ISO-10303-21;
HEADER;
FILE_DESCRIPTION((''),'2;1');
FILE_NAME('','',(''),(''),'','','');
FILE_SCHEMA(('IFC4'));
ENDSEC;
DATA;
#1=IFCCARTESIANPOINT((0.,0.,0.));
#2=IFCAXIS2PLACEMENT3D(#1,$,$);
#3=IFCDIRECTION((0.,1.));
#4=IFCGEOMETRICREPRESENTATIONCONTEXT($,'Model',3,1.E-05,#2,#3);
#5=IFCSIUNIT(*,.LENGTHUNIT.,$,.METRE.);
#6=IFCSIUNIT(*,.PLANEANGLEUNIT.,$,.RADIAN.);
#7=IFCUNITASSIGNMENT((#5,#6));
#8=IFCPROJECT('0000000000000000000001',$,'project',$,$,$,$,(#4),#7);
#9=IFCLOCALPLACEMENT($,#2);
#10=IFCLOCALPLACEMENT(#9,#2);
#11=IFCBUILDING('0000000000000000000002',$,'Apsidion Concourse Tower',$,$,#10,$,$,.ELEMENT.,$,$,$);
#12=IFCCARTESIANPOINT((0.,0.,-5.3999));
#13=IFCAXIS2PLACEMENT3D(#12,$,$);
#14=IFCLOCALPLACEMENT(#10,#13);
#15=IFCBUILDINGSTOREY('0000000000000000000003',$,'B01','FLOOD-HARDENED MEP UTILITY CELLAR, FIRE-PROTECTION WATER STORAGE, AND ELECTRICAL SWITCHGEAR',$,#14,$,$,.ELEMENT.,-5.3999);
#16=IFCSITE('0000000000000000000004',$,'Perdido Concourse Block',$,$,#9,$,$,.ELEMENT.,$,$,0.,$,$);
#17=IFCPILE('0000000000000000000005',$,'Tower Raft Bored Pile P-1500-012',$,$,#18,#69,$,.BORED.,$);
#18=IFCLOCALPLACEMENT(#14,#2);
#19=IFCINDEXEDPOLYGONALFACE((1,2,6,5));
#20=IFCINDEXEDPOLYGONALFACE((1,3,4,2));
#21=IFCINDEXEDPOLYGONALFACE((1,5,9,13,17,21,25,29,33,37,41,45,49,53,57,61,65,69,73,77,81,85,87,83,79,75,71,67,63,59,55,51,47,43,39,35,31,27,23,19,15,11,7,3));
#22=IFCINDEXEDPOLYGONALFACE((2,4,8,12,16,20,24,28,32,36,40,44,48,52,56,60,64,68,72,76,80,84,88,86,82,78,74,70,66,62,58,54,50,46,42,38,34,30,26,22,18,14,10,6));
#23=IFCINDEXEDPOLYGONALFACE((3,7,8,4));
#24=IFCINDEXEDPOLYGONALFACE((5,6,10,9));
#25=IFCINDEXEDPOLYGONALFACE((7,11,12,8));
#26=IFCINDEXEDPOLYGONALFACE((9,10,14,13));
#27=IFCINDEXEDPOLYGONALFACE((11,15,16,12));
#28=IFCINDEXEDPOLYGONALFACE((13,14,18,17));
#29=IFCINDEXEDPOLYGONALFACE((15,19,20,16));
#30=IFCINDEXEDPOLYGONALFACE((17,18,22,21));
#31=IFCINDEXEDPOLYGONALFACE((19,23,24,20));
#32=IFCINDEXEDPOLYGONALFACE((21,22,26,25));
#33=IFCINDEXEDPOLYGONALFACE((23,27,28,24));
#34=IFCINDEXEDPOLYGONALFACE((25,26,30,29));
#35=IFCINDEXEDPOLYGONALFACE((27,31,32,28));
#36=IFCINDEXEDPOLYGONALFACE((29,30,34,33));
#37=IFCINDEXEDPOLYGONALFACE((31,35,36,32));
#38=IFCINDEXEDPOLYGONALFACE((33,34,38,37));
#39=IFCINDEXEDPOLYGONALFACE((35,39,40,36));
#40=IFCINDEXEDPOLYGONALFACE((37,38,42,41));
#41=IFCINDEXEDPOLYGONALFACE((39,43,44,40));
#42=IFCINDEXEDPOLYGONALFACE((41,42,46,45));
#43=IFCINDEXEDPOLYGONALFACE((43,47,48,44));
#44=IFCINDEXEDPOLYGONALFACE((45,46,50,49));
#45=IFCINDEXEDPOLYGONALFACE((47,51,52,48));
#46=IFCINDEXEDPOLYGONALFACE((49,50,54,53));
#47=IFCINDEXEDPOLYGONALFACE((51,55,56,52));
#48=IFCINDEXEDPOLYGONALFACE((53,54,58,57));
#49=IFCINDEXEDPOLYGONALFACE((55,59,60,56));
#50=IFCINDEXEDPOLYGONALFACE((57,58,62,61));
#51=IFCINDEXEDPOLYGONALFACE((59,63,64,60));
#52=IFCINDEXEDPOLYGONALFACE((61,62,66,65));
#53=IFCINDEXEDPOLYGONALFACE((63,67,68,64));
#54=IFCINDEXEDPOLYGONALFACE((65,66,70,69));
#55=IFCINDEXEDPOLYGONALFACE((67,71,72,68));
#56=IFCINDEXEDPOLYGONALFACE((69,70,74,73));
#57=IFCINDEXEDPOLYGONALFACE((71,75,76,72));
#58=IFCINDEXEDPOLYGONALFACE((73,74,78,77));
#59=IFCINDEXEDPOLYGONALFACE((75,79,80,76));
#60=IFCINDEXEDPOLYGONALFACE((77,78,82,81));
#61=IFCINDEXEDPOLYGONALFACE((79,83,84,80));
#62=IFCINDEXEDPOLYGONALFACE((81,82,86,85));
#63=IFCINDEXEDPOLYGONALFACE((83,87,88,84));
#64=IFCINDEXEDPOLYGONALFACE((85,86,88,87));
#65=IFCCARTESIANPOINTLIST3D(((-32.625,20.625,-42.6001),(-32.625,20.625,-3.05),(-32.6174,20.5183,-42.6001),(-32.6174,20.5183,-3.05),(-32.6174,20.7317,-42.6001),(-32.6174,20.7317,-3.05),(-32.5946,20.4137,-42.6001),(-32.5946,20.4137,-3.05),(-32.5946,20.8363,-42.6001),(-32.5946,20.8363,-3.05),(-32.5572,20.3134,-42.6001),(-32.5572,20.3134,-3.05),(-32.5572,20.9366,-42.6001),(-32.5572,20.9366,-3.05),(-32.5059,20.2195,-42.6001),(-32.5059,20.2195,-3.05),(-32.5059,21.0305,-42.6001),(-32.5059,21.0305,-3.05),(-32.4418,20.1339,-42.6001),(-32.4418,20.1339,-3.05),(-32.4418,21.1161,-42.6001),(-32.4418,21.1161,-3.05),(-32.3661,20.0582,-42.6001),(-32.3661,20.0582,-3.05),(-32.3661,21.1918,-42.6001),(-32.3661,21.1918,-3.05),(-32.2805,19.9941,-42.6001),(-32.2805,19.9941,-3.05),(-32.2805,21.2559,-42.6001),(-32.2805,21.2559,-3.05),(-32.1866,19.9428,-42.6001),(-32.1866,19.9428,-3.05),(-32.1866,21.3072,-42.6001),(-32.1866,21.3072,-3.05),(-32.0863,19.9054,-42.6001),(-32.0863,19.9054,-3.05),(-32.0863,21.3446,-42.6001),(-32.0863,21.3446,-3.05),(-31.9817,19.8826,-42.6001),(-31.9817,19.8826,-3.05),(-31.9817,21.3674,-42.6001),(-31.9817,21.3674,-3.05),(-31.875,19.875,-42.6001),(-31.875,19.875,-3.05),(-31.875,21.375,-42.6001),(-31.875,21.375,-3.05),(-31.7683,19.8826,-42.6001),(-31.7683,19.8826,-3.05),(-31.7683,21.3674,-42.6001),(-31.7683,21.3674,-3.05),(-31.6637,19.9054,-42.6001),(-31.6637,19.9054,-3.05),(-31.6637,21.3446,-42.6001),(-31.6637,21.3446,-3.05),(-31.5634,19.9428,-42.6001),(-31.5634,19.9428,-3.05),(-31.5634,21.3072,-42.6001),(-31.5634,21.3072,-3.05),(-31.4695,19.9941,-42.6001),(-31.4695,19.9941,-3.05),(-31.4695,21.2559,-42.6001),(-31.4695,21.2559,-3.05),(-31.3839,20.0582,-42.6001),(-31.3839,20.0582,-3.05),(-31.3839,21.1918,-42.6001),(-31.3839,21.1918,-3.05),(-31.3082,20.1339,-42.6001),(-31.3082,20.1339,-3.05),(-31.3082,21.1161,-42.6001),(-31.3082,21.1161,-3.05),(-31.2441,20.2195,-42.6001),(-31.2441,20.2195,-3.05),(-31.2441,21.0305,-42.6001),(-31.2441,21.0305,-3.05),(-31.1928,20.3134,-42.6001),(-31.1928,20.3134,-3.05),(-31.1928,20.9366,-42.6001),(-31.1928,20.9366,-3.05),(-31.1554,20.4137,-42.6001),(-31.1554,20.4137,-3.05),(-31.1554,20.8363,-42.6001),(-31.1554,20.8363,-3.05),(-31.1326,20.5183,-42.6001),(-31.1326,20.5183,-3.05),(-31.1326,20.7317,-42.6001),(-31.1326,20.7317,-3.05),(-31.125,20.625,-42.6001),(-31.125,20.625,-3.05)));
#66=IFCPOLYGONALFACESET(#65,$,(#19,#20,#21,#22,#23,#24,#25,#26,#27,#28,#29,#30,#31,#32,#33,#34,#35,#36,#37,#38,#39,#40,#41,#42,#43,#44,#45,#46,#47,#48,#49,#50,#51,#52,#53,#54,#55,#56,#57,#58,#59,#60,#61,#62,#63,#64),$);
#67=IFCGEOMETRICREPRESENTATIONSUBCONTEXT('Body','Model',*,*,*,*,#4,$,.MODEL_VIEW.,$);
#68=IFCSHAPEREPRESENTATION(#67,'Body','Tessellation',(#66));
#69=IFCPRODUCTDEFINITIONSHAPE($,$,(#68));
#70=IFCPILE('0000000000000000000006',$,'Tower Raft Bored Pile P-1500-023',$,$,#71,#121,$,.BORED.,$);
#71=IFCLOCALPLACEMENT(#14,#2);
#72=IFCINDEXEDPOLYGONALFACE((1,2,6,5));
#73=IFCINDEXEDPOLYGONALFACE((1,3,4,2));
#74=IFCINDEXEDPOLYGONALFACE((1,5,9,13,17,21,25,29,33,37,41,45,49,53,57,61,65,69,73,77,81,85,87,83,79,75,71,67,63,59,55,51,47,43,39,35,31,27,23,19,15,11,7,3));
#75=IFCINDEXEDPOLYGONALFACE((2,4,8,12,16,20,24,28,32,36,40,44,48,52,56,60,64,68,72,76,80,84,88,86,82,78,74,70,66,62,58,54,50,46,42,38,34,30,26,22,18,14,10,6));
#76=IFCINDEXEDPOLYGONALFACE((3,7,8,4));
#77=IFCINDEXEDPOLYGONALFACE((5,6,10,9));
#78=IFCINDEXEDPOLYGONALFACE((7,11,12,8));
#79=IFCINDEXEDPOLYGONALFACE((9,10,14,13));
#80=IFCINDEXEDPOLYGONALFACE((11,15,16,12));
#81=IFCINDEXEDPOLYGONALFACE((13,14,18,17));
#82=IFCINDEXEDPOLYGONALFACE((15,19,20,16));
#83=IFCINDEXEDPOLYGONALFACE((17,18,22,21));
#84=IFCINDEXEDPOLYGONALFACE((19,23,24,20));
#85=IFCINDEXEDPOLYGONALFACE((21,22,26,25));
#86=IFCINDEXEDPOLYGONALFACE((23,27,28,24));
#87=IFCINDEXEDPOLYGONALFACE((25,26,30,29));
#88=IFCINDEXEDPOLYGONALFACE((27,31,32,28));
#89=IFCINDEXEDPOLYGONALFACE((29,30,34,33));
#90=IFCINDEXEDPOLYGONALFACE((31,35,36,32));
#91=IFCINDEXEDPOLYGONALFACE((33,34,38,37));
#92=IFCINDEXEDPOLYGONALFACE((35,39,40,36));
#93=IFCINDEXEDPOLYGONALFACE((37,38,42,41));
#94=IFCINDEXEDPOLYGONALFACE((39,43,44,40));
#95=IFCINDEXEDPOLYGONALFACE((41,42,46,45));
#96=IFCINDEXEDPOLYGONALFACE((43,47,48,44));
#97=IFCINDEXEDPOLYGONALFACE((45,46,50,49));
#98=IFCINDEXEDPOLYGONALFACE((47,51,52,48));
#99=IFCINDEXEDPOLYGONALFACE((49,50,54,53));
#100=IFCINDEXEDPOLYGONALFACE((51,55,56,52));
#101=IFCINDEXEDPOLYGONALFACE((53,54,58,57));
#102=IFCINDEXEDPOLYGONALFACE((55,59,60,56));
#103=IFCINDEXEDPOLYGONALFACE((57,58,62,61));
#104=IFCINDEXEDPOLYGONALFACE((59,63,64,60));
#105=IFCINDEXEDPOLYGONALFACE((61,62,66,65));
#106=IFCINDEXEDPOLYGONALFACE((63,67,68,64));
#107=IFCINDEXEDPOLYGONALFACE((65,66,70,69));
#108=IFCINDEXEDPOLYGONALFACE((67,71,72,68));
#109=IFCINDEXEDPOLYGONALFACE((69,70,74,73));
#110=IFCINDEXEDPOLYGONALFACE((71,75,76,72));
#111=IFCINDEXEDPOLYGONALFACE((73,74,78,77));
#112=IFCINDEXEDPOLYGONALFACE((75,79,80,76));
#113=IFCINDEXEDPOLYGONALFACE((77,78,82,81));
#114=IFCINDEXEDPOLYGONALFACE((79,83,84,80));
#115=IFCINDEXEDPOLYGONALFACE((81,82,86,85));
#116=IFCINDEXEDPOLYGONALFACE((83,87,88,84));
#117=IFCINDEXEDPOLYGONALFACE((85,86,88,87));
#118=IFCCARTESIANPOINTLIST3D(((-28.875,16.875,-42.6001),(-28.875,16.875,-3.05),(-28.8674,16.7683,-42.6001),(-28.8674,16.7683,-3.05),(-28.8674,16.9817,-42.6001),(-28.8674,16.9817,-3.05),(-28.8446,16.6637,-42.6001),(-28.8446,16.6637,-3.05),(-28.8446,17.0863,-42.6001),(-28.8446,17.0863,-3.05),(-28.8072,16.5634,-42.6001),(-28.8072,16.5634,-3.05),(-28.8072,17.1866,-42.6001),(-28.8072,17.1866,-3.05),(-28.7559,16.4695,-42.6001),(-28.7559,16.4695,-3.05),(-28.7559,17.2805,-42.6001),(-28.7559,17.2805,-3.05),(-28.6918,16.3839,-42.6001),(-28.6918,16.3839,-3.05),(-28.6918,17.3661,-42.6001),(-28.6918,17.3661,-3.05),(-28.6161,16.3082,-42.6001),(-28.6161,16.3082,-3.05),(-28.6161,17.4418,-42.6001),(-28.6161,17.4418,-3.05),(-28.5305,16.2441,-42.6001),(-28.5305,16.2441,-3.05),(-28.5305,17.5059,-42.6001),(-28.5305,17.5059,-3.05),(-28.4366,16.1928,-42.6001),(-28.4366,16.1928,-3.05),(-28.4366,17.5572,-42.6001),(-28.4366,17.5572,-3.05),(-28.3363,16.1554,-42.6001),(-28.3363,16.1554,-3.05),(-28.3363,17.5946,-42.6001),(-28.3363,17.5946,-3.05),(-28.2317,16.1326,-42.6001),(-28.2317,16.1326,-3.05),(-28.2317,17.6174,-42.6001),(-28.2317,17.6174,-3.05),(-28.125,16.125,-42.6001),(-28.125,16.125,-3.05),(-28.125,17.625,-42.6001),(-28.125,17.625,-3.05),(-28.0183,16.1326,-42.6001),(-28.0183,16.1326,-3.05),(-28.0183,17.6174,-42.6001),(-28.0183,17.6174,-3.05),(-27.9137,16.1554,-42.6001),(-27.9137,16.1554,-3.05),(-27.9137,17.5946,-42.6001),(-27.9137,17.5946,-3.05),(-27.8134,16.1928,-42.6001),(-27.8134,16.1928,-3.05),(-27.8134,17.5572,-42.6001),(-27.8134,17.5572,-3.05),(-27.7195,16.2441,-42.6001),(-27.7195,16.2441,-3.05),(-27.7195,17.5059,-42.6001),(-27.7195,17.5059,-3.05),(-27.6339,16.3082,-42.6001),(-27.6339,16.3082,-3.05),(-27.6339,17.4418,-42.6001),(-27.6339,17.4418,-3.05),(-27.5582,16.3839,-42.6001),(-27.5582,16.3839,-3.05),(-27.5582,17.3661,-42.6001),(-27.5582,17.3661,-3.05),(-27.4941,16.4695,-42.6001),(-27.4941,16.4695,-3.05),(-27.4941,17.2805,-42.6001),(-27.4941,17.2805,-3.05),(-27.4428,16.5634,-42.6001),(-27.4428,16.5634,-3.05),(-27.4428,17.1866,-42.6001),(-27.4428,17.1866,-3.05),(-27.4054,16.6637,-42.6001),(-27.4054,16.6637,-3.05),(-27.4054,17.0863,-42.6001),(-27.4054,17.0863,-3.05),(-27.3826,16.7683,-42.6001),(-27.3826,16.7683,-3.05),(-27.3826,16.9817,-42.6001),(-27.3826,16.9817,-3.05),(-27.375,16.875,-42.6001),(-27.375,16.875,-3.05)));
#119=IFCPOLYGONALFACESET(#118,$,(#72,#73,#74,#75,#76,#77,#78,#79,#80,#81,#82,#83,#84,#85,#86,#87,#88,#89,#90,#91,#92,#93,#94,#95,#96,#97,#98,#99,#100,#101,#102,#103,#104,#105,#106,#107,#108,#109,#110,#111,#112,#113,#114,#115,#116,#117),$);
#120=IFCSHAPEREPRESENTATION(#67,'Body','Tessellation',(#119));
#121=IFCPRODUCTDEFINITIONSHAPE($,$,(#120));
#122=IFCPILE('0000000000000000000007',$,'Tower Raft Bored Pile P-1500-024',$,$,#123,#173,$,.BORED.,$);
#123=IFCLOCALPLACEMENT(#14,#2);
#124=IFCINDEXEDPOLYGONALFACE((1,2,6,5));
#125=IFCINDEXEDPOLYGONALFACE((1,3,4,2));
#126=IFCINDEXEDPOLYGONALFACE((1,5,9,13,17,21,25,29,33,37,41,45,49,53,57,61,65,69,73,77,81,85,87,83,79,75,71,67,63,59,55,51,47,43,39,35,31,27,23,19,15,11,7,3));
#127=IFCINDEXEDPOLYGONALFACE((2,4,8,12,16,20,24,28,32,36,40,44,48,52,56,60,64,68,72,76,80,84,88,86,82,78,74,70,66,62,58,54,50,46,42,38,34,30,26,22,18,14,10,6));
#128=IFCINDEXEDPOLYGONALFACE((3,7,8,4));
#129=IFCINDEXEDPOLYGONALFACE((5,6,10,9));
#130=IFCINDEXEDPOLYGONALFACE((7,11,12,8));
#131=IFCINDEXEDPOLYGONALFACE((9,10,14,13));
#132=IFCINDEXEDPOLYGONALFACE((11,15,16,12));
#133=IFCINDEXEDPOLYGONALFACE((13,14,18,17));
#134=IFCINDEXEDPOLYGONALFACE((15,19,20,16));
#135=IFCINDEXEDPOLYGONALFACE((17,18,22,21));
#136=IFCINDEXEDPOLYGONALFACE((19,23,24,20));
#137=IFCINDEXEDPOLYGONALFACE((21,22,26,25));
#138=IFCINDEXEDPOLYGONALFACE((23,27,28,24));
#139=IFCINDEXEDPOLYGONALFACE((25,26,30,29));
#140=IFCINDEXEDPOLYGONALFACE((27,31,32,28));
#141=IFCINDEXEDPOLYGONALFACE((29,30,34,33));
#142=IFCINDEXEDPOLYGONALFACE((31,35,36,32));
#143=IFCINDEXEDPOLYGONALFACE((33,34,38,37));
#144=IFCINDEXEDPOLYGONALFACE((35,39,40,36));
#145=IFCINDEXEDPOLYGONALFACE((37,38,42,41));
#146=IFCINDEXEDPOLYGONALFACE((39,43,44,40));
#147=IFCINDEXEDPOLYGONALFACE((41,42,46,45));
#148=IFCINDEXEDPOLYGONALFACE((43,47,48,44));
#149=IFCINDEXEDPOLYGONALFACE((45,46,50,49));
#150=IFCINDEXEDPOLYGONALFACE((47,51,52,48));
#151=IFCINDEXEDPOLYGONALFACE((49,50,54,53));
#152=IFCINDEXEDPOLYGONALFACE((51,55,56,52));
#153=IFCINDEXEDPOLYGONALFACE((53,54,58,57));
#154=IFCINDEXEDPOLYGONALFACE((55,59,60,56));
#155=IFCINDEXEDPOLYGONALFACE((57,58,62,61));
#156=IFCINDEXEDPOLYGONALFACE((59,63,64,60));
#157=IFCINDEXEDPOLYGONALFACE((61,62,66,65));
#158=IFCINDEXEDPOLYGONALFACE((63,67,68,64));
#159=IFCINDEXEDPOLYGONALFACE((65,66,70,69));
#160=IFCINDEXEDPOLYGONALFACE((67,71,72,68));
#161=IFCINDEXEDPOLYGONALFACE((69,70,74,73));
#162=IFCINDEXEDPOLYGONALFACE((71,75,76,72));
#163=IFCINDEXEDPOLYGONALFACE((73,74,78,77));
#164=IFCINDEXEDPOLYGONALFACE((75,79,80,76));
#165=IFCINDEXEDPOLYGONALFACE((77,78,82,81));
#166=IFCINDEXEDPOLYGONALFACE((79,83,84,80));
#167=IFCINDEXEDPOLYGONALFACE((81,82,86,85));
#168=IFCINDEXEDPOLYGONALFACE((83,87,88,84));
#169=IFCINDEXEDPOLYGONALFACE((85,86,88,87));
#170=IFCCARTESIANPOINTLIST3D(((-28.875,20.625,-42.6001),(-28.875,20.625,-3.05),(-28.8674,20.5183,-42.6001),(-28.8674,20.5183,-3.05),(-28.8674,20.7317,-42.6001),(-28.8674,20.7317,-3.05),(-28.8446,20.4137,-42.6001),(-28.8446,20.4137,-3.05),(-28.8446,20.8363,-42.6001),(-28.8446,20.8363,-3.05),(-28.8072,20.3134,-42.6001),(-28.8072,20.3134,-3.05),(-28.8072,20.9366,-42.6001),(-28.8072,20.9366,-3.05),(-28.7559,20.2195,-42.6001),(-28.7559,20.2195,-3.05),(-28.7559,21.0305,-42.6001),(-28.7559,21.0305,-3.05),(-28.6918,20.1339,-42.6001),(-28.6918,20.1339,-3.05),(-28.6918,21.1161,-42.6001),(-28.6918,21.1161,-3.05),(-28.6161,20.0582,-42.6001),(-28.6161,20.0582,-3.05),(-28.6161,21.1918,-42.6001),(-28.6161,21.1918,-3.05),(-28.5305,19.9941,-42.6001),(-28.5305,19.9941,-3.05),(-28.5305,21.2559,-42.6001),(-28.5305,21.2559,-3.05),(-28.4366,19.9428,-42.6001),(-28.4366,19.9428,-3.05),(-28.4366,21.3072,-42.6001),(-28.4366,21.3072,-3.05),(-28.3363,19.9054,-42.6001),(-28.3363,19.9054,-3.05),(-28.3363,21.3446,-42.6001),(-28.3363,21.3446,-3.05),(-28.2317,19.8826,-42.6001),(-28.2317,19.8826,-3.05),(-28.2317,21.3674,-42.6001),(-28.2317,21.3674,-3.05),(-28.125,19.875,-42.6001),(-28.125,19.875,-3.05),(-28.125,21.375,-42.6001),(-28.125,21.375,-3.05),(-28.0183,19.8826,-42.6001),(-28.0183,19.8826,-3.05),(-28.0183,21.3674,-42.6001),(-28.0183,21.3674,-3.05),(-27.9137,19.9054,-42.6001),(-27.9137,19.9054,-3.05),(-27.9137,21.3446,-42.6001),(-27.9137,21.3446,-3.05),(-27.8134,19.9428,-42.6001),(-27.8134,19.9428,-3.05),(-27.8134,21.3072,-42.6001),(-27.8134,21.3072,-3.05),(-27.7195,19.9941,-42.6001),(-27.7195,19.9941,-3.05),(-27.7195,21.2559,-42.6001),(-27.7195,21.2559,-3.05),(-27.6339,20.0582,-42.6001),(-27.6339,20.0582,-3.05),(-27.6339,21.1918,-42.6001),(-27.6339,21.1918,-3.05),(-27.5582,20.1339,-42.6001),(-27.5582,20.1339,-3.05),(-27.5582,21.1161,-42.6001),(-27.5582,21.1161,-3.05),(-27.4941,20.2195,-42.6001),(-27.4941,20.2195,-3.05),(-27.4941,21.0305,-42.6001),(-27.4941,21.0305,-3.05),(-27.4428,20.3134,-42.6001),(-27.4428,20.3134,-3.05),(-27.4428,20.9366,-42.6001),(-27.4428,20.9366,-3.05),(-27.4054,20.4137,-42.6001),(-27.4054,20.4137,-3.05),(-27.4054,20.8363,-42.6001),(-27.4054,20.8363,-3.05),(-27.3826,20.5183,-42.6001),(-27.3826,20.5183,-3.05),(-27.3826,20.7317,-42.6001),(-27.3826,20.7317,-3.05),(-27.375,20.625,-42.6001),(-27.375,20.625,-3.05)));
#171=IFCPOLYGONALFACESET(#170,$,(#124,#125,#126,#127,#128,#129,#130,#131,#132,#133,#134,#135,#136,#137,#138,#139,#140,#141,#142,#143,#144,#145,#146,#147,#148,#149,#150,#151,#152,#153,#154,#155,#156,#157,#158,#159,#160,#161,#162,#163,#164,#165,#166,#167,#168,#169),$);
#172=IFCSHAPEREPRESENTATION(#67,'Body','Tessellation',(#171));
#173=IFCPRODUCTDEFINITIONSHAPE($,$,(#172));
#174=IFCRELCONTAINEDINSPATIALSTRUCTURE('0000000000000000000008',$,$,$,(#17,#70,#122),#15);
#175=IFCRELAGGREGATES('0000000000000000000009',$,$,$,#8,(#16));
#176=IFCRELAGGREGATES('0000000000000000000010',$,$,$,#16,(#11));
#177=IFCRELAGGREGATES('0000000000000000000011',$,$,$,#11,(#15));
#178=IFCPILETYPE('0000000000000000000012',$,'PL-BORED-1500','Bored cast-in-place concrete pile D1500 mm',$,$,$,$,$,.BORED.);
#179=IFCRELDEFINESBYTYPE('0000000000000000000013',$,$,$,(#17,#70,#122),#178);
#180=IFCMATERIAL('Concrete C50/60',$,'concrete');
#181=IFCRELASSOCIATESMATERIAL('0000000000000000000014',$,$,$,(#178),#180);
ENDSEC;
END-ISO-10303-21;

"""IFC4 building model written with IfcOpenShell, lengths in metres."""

from ifc_helpers import new_model, si_unit, direction, frame, origin, origin_2d, place, context, subcontext, project, spatial, circle, extrude, material, material_profile, profile_set, type_object, element, save


model = new_model("IFC4")

# Units and contexts
model_context = context("Model", 3, precision=1e-05, world=origin(), true_north=direction((0.0, 1.0)))
body_context = subcontext(model_context, "Body", "Model", "MODEL_VIEW")
ifc_project = project(units=[si_unit("LENGTHUNIT", "METRE"), si_unit("PLANEANGLEUNIT", "RADIAN")], contexts=[model_context])

# Site, building, storey
site_placement = place(None, origin())
site = spatial("IfcSite", under=ifc_project, at=site_placement, Name="Perdido Concourse Block", CompositionType="ELEMENT", RefElevation=0.0)
building_placement = place(site_placement, origin())
building = spatial("IfcBuilding", under=site, at=building_placement, Name="Apsidion Concourse Tower", CompositionType="ELEMENT")
storey_placement = place(building_placement, frame((0.0, 0.0, -5.3999)))
storey = spatial("IfcBuildingStorey", under=building, at=storey_placement, Name="B01", Description="FLOOD-HARDENED MEP UTILITY CELLAR, FIRE-PROTECTION WATER STORAGE, AND ELECTRICAL SWITCHGEAR", CompositionType="ELEMENT", Elevation=-5.3999)

# Shared definitions
ifc_material_1 = material(Name="Concrete C50/60", Category="concrete")

# Piles
ifc_material_profile_1 = material_profile(ifc_material_1, circle(Radius=0.75, at=origin_2d()), Name="BORED PILE D1500")
ifc_profile_set_1 = profile_set([ifc_material_profile_1], Name="Concrete C50/60")
pile_type_1 = type_object("IfcPileType", Name="PL-BORED-1500", Description="Bored cast-in-place concrete pile D1500 mm", PredefinedType="BORED", material=ifc_profile_set_1)
for number, where, z_axis, x_axis, name in (
    (1, (-31.875, 20.625, -3.05), (0.0, 0.0, -1.0), (1.0, 0.0, 0.0), "Tower Raft Bored Pile P-1500-012"),
    (2, (-28.125, 16.875, -3.05), (0.0, 0.0, -1.0), (1.0, 0.0, 0.0), "Tower Raft Bored Pile P-1500-023"),
    (3, (-28.125, 20.625, -3.05), (0.0, 0.0, -1.0), (1.0, 0.0, 0.0), "Tower Raft Bored Pile P-1500-024"),
):
    element("IfcPile", number, at=place(storey_placement, frame(where, z_axis=z_axis, x_axis=x_axis)), inside=storey, type_object=pile_type_1, Name=name, PredefinedType="BORED", context=body_context, shape_type="SweptSolid", body=[
        extrude(circle(Radius=0.75, at=origin_2d()), origin(), (0.0, 0.0, 1.0), 39.55),
    ])

save(model, "model.ifc")
